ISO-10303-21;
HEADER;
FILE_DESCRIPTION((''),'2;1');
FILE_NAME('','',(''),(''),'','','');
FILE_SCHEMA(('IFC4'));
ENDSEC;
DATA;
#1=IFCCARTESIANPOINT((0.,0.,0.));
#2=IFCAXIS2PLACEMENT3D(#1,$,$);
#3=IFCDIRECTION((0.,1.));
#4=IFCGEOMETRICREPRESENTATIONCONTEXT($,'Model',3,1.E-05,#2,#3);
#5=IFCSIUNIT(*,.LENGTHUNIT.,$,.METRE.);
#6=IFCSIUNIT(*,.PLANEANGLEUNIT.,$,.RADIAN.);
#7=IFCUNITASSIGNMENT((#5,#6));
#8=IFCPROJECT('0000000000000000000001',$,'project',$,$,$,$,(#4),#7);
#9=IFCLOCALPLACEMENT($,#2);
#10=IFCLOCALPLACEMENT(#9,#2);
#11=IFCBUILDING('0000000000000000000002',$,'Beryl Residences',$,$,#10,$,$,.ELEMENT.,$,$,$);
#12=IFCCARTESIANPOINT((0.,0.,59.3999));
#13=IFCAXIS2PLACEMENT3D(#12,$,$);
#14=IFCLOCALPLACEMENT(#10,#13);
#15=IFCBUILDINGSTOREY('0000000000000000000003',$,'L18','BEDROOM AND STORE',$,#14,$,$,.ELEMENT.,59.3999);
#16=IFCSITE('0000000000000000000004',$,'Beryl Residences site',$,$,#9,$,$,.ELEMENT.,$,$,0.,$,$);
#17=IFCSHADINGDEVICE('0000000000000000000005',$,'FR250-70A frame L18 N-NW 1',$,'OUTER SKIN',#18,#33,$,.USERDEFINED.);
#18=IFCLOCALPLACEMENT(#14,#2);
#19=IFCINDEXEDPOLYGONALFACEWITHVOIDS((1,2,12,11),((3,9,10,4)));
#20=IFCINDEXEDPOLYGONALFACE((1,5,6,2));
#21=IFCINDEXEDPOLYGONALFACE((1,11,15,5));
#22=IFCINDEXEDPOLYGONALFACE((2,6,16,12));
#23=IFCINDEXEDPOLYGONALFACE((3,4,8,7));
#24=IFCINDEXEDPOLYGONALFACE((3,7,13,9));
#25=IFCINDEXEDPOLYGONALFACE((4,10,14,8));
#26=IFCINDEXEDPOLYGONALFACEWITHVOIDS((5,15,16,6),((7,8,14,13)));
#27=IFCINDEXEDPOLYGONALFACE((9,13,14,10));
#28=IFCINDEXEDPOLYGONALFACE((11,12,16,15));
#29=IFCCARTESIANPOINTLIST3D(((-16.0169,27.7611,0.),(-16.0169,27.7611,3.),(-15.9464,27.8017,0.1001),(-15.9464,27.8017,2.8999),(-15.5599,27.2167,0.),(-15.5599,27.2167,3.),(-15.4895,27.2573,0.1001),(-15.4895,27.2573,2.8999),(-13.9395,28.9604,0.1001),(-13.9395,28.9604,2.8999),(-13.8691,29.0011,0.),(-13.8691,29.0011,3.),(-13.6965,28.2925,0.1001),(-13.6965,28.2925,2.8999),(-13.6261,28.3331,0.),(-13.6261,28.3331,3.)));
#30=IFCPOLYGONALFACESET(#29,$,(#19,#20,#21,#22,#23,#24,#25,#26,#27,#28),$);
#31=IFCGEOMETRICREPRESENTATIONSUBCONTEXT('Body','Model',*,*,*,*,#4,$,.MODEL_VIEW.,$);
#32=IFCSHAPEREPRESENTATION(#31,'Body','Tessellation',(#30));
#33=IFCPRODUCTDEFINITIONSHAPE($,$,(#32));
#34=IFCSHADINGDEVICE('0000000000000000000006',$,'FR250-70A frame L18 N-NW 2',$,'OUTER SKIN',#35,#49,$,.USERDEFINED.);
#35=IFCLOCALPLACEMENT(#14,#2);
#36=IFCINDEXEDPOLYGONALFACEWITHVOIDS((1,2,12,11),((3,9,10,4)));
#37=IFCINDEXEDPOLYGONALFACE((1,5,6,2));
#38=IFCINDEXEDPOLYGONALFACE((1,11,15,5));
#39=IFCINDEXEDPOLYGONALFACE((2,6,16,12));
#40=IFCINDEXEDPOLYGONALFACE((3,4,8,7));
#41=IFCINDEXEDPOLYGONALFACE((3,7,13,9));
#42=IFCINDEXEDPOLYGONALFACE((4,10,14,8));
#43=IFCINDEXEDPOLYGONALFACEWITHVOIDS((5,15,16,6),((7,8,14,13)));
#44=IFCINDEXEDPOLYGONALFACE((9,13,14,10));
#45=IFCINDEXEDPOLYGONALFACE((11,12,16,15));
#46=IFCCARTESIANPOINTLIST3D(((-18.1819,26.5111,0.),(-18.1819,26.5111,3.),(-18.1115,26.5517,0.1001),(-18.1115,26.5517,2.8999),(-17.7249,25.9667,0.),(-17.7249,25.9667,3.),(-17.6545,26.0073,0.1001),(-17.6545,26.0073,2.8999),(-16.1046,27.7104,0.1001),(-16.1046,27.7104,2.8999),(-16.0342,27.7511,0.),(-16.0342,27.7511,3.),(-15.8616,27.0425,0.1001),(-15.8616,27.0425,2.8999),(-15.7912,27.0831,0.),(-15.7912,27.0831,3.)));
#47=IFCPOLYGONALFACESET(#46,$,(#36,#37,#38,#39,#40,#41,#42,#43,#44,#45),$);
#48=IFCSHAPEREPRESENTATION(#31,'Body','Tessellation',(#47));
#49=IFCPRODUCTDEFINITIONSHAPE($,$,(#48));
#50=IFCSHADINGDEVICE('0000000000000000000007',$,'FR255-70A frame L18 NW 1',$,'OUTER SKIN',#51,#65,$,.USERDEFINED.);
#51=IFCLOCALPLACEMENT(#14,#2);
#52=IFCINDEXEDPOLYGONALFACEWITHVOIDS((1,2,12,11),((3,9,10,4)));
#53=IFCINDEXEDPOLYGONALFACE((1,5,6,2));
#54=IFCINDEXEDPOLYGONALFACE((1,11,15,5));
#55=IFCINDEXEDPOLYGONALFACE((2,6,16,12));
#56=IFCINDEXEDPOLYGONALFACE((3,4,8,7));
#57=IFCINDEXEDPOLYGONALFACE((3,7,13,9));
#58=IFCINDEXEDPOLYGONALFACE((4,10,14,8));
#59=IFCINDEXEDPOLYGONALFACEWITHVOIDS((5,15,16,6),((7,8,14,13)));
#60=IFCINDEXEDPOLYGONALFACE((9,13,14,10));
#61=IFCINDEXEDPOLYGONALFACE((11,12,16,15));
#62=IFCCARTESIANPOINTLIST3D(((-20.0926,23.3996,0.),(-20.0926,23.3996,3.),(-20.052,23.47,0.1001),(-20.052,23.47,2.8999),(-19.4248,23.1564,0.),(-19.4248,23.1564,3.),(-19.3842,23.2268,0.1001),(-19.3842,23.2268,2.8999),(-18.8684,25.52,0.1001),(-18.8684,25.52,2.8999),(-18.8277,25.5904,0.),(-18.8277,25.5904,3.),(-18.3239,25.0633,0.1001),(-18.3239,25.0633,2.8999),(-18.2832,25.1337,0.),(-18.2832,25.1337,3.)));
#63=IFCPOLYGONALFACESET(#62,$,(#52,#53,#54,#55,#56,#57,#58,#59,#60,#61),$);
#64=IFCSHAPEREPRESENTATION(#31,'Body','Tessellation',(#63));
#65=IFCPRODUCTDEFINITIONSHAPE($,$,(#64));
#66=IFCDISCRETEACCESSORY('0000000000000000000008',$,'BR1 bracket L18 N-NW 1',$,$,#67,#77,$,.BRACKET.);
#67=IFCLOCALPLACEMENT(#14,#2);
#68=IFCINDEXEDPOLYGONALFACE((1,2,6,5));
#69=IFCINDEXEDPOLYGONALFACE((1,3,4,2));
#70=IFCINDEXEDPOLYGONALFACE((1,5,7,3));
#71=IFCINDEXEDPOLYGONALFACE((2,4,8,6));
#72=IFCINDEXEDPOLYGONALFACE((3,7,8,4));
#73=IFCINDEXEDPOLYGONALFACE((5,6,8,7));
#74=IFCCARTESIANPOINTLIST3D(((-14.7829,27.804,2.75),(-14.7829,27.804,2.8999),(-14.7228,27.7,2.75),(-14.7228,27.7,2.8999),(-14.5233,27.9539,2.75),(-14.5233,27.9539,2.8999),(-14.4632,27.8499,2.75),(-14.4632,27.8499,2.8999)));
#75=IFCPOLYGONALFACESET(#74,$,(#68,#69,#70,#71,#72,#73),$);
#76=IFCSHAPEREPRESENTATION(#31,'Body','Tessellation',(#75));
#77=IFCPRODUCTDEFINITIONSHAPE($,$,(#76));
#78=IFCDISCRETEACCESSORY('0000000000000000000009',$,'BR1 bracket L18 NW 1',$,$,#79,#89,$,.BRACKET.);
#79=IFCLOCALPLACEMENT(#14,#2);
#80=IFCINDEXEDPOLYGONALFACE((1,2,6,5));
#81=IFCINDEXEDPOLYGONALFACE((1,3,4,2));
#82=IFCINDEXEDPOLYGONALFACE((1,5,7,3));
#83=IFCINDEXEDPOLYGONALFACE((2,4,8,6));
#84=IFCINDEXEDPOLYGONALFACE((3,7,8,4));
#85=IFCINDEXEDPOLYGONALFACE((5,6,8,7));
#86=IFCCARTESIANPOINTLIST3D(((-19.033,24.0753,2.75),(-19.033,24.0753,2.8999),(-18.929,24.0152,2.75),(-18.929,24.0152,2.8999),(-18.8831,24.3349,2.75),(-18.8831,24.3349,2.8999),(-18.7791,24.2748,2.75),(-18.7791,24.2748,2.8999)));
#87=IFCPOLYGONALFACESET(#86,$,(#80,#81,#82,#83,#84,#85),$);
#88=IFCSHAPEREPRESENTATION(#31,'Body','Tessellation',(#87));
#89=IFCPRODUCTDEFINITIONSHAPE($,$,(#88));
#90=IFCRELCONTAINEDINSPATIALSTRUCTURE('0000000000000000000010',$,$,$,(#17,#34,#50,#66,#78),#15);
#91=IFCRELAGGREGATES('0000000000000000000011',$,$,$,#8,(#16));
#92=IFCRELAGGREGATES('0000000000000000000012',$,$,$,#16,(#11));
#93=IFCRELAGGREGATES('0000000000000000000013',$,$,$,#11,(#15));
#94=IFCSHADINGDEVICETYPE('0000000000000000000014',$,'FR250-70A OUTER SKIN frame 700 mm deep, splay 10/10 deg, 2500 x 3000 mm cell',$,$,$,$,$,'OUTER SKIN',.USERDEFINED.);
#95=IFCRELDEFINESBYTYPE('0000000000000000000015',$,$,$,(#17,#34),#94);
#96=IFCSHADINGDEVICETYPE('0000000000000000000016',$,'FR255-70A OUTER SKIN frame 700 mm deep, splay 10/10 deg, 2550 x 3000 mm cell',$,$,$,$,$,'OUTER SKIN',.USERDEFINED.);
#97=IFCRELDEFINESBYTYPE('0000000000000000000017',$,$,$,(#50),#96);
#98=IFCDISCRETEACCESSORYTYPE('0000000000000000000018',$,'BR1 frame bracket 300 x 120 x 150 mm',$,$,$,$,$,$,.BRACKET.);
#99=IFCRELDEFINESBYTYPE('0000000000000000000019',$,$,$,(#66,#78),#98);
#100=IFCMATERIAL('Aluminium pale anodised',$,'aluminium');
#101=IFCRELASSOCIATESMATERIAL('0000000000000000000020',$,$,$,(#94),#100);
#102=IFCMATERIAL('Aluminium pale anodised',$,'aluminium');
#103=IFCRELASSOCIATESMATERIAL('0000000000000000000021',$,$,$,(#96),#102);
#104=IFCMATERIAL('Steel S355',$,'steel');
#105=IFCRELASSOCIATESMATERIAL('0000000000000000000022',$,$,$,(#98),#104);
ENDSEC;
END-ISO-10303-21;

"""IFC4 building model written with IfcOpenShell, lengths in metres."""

from ifc_helpers import new_model, entity, si_unit, direction, frame, origin, place, context, subcontext, project, spatial, polyline, outline, extrude, source, transform, mapped, material, type_object, type_shapes, element, save


model = new_model("IFC4")

# Units and contexts
model_context = context("Model", 3, precision=1e-05, world=origin(), true_north=direction((0.0, 1.0)))
body_context = subcontext(model_context, "Body", "Model", "MODEL_VIEW")
ifc_project = project(units=[si_unit("LENGTHUNIT", "METRE"), si_unit("PLANEANGLEUNIT", "RADIAN")], contexts=[model_context])

# Site, building, storey
site_placement = place(None, origin())
site = spatial("IfcSite", under=ifc_project, at=site_placement, Name="Beryl Residences site", CompositionType="ELEMENT", RefElevation=0.0)
building_placement = place(site_placement, origin())
building = spatial("IfcBuilding", under=site, at=building_placement, Name="Beryl Residences", CompositionType="ELEMENT")
storey_placement = place(building_placement, frame((0.0, 0.0, 59.3999)))
storey = spatial("IfcBuildingStorey", under=building, at=storey_placement, Name="L18", Description="BEDROOM AND STORE", CompositionType="ELEMENT", Elevation=59.3999)

# Shading devices
ifc_material_1 = material(Name="Aluminium pale anodised", Category="aluminium")
shading_device_type_1 = type_object("IfcShadingDeviceType", Name="FR250-70A OUTER SKIN frame 700 mm deep, splay 10/10 deg, 2500 x 3000 mm cell", ElementType="OUTER SKIN", PredefinedType="USERDEFINED", material=ifc_material_1)
cartesian_point_1 = entity("IfcCartesianPoint", [-1.1165, 0.0])
cartesian_point_2 = entity("IfcCartesianPoint", [-1.0352, 0.1001])
cartesian_point_3 = entity("IfcCartesianPoint", [-1.24, 0.0])
cartesian_point_4 = entity("IfcCartesianPoint", [-1.1587, 0.1001])
shared_shape_1 = source(origin(), body_context, "Body", "SweptSolid", [
    entity("IfcExtrudedAreaSolidTapered", entity("IfcArbitraryProfileDefWithVoids", "AREA", None, entity("IfcPolyline", [cartesian_point_1, entity("IfcCartesianPoint", [1.1165, 0.0]), entity("IfcCartesianPoint", [1.1165, 3.0]), entity("IfcCartesianPoint", [-1.1165, 3.0]), cartesian_point_1]), [entity("IfcPolyline", [cartesian_point_2, entity("IfcCartesianPoint", [1.0352, 0.1001]), entity("IfcCartesianPoint", [1.0352, 2.8999]), entity("IfcCartesianPoint", [-1.0352, 2.8999]), cartesian_point_2])]), entity("IfcAxis2Placement3D", entity("IfcCartesianPoint", [0.0, 0.0, 0.0]), entity("IfcDirection", [0.0, 1.0, 0.0]), entity("IfcDirection", [-1.0, 0.0, 0.0])), entity("IfcDirection", [0.0, 0.0, 1.0]), 0.7, entity("IfcArbitraryProfileDefWithVoids", "AREA", None, entity("IfcPolyline", [cartesian_point_3, entity("IfcCartesianPoint", [1.24, 0.0]), entity("IfcCartesianPoint", [1.24, 3.0]), entity("IfcCartesianPoint", [-1.24, 3.0]), cartesian_point_3]), [entity("IfcPolyline", [cartesian_point_4, entity("IfcCartesianPoint", [1.1587, 0.1001]), entity("IfcCartesianPoint", [1.1587, 2.8999]), entity("IfcCartesianPoint", [-1.1587, 2.8999]), cartesian_point_4])])),
])
type_shapes(shading_device_type_1, [shared_shape_1])
for number, where, z_axis, x_axis, name in (
    (1, (-14.593, 27.7749, 0.0), (0.0, 0.0, 1.0), (0.866025, 0.5, 0.0), "FR250-70A frame L18 N-NW 1"),
    (2, (-16.7581, 26.5249, 0.0), (0.0, 0.0, 1.0), (0.866025, 0.5, 0.0), "FR250-70A frame L18 N-NW 2"),
):
    element("IfcShadingDevice", number, at=place(storey_placement, frame(where, z_axis=z_axis, x_axis=x_axis)), inside=storey, type_object=shading_device_type_1, Name=name, ObjectType="OUTER SKIN", PredefinedType="USERDEFINED", context=body_context, shape_type="MappedRepresentation", body=[
        mapped(shared_shape_1, transform((0.0, 0.0, 0.0))),
    ])
ifc_material_2 = material(Name="Aluminium pale anodised", Category="aluminium")
shading_device_type_2 = type_object("IfcShadingDeviceType", Name="FR255-70A OUTER SKIN frame 700 mm deep, splay 10/10 deg, 2550 x 3000 mm cell", ElementType="OUTER SKIN", PredefinedType="USERDEFINED", material=ifc_material_2)
cartesian_point_5 = entity("IfcCartesianPoint", [-1.1416, 0.0])
cartesian_point_6 = entity("IfcCartesianPoint", [-1.0603, 0.1001])
cartesian_point_7 = entity("IfcCartesianPoint", [-1.2649, 0.0])
cartesian_point_8 = entity("IfcCartesianPoint", [-1.1836, 0.1001])
shared_shape_2 = source(origin(), body_context, "Body", "SweptSolid", [
    entity("IfcExtrudedAreaSolidTapered", entity("IfcArbitraryProfileDefWithVoids", "AREA", None, entity("IfcPolyline", [cartesian_point_5, entity("IfcCartesianPoint", [1.1416, 0.0]), entity("IfcCartesianPoint", [1.1416, 3.0]), entity("IfcCartesianPoint", [-1.1416, 3.0]), cartesian_point_5]), [entity("IfcPolyline", [cartesian_point_6, entity("IfcCartesianPoint", [1.0603, 0.1001]), entity("IfcCartesianPoint", [1.0603, 2.8999]), entity("IfcCartesianPoint", [-1.0603, 2.8999]), cartesian_point_6])]), entity("IfcAxis2Placement3D", entity("IfcCartesianPoint", [0.0, 0.0, 0.0]), entity("IfcDirection", [0.0, 1.0, 0.0]), entity("IfcDirection", [-1.0, 0.0, 0.0])), entity("IfcDirection", [0.0, 0.0, 1.0]), 0.7, entity("IfcArbitraryProfileDefWithVoids", "AREA", None, entity("IfcPolyline", [cartesian_point_7, entity("IfcCartesianPoint", [1.2649, 0.0]), entity("IfcCartesianPoint", [1.2649, 3.0]), entity("IfcCartesianPoint", [-1.2649, 3.0]), cartesian_point_7]), [entity("IfcPolyline", [cartesian_point_8, entity("IfcCartesianPoint", [1.1836, 0.1001]), entity("IfcCartesianPoint", [1.1836, 2.8999]), entity("IfcCartesianPoint", [-1.1836, 2.8999]), cartesian_point_8])])),
])
type_shapes(shading_device_type_2, [shared_shape_2])
shading_device_placement = place(storey_placement, frame((-18.854, 24.145, 0.0), z_axis=(0.0, 0.0, 1.0), x_axis=(0.5, 0.866025, 0.0)))
element("IfcShadingDevice", 3, at=shading_device_placement, inside=storey, type_object=shading_device_type_2, Name="FR255-70A frame L18 NW 1", ObjectType="OUTER SKIN", PredefinedType="USERDEFINED", context=body_context, shape_type="MappedRepresentation", body=[
    mapped(shared_shape_2, transform((0.0, 0.0, 0.0))),
])

# Discrete accessories
ifc_material_3 = material(Name="Steel S355", Category="steel")
discrete_accessory_type = type_object("IfcDiscreteAccessoryType", Name="BR1 frame bracket 300 x 120 x 150 mm", PredefinedType="BRACKET", material=ifc_material_3)
shared_shape_3 = source(origin(), body_context, "Body", "SweptSolid", [
    extrude(outline(polyline([(-0.1499, 0.0), (0.1499, 0.0), (0.1499, 0.1201), (-0.1499, 0.1201), (-0.1499, 0.0)])), origin(), (0.0, 0.0, 1.0), 0.1499),
])
type_shapes(discrete_accessory_type, [shared_shape_3])
for number, where, z_axis, x_axis, name in (
    (4, (-14.593, 27.7749, 2.75), (0.0, 0.0, 1.0), (0.866025, 0.5, 0.0), "BR1 bracket L18 N-NW 1"),
    (5, (-18.854, 24.145, 2.75), (0.0, 0.0, 1.0), (0.5, 0.866025, 0.0), "BR1 bracket L18 NW 1"),
):
    element("IfcDiscreteAccessory", number, at=place(storey_placement, frame(where, z_axis=z_axis, x_axis=x_axis)), inside=storey, type_object=discrete_accessory_type, Name=name, PredefinedType="BRACKET", context=body_context, shape_type="MappedRepresentation", body=[
        mapped(shared_shape_3, transform((0.0, 0.0, 0.0))),
    ])

save(model, "model.ifc")
